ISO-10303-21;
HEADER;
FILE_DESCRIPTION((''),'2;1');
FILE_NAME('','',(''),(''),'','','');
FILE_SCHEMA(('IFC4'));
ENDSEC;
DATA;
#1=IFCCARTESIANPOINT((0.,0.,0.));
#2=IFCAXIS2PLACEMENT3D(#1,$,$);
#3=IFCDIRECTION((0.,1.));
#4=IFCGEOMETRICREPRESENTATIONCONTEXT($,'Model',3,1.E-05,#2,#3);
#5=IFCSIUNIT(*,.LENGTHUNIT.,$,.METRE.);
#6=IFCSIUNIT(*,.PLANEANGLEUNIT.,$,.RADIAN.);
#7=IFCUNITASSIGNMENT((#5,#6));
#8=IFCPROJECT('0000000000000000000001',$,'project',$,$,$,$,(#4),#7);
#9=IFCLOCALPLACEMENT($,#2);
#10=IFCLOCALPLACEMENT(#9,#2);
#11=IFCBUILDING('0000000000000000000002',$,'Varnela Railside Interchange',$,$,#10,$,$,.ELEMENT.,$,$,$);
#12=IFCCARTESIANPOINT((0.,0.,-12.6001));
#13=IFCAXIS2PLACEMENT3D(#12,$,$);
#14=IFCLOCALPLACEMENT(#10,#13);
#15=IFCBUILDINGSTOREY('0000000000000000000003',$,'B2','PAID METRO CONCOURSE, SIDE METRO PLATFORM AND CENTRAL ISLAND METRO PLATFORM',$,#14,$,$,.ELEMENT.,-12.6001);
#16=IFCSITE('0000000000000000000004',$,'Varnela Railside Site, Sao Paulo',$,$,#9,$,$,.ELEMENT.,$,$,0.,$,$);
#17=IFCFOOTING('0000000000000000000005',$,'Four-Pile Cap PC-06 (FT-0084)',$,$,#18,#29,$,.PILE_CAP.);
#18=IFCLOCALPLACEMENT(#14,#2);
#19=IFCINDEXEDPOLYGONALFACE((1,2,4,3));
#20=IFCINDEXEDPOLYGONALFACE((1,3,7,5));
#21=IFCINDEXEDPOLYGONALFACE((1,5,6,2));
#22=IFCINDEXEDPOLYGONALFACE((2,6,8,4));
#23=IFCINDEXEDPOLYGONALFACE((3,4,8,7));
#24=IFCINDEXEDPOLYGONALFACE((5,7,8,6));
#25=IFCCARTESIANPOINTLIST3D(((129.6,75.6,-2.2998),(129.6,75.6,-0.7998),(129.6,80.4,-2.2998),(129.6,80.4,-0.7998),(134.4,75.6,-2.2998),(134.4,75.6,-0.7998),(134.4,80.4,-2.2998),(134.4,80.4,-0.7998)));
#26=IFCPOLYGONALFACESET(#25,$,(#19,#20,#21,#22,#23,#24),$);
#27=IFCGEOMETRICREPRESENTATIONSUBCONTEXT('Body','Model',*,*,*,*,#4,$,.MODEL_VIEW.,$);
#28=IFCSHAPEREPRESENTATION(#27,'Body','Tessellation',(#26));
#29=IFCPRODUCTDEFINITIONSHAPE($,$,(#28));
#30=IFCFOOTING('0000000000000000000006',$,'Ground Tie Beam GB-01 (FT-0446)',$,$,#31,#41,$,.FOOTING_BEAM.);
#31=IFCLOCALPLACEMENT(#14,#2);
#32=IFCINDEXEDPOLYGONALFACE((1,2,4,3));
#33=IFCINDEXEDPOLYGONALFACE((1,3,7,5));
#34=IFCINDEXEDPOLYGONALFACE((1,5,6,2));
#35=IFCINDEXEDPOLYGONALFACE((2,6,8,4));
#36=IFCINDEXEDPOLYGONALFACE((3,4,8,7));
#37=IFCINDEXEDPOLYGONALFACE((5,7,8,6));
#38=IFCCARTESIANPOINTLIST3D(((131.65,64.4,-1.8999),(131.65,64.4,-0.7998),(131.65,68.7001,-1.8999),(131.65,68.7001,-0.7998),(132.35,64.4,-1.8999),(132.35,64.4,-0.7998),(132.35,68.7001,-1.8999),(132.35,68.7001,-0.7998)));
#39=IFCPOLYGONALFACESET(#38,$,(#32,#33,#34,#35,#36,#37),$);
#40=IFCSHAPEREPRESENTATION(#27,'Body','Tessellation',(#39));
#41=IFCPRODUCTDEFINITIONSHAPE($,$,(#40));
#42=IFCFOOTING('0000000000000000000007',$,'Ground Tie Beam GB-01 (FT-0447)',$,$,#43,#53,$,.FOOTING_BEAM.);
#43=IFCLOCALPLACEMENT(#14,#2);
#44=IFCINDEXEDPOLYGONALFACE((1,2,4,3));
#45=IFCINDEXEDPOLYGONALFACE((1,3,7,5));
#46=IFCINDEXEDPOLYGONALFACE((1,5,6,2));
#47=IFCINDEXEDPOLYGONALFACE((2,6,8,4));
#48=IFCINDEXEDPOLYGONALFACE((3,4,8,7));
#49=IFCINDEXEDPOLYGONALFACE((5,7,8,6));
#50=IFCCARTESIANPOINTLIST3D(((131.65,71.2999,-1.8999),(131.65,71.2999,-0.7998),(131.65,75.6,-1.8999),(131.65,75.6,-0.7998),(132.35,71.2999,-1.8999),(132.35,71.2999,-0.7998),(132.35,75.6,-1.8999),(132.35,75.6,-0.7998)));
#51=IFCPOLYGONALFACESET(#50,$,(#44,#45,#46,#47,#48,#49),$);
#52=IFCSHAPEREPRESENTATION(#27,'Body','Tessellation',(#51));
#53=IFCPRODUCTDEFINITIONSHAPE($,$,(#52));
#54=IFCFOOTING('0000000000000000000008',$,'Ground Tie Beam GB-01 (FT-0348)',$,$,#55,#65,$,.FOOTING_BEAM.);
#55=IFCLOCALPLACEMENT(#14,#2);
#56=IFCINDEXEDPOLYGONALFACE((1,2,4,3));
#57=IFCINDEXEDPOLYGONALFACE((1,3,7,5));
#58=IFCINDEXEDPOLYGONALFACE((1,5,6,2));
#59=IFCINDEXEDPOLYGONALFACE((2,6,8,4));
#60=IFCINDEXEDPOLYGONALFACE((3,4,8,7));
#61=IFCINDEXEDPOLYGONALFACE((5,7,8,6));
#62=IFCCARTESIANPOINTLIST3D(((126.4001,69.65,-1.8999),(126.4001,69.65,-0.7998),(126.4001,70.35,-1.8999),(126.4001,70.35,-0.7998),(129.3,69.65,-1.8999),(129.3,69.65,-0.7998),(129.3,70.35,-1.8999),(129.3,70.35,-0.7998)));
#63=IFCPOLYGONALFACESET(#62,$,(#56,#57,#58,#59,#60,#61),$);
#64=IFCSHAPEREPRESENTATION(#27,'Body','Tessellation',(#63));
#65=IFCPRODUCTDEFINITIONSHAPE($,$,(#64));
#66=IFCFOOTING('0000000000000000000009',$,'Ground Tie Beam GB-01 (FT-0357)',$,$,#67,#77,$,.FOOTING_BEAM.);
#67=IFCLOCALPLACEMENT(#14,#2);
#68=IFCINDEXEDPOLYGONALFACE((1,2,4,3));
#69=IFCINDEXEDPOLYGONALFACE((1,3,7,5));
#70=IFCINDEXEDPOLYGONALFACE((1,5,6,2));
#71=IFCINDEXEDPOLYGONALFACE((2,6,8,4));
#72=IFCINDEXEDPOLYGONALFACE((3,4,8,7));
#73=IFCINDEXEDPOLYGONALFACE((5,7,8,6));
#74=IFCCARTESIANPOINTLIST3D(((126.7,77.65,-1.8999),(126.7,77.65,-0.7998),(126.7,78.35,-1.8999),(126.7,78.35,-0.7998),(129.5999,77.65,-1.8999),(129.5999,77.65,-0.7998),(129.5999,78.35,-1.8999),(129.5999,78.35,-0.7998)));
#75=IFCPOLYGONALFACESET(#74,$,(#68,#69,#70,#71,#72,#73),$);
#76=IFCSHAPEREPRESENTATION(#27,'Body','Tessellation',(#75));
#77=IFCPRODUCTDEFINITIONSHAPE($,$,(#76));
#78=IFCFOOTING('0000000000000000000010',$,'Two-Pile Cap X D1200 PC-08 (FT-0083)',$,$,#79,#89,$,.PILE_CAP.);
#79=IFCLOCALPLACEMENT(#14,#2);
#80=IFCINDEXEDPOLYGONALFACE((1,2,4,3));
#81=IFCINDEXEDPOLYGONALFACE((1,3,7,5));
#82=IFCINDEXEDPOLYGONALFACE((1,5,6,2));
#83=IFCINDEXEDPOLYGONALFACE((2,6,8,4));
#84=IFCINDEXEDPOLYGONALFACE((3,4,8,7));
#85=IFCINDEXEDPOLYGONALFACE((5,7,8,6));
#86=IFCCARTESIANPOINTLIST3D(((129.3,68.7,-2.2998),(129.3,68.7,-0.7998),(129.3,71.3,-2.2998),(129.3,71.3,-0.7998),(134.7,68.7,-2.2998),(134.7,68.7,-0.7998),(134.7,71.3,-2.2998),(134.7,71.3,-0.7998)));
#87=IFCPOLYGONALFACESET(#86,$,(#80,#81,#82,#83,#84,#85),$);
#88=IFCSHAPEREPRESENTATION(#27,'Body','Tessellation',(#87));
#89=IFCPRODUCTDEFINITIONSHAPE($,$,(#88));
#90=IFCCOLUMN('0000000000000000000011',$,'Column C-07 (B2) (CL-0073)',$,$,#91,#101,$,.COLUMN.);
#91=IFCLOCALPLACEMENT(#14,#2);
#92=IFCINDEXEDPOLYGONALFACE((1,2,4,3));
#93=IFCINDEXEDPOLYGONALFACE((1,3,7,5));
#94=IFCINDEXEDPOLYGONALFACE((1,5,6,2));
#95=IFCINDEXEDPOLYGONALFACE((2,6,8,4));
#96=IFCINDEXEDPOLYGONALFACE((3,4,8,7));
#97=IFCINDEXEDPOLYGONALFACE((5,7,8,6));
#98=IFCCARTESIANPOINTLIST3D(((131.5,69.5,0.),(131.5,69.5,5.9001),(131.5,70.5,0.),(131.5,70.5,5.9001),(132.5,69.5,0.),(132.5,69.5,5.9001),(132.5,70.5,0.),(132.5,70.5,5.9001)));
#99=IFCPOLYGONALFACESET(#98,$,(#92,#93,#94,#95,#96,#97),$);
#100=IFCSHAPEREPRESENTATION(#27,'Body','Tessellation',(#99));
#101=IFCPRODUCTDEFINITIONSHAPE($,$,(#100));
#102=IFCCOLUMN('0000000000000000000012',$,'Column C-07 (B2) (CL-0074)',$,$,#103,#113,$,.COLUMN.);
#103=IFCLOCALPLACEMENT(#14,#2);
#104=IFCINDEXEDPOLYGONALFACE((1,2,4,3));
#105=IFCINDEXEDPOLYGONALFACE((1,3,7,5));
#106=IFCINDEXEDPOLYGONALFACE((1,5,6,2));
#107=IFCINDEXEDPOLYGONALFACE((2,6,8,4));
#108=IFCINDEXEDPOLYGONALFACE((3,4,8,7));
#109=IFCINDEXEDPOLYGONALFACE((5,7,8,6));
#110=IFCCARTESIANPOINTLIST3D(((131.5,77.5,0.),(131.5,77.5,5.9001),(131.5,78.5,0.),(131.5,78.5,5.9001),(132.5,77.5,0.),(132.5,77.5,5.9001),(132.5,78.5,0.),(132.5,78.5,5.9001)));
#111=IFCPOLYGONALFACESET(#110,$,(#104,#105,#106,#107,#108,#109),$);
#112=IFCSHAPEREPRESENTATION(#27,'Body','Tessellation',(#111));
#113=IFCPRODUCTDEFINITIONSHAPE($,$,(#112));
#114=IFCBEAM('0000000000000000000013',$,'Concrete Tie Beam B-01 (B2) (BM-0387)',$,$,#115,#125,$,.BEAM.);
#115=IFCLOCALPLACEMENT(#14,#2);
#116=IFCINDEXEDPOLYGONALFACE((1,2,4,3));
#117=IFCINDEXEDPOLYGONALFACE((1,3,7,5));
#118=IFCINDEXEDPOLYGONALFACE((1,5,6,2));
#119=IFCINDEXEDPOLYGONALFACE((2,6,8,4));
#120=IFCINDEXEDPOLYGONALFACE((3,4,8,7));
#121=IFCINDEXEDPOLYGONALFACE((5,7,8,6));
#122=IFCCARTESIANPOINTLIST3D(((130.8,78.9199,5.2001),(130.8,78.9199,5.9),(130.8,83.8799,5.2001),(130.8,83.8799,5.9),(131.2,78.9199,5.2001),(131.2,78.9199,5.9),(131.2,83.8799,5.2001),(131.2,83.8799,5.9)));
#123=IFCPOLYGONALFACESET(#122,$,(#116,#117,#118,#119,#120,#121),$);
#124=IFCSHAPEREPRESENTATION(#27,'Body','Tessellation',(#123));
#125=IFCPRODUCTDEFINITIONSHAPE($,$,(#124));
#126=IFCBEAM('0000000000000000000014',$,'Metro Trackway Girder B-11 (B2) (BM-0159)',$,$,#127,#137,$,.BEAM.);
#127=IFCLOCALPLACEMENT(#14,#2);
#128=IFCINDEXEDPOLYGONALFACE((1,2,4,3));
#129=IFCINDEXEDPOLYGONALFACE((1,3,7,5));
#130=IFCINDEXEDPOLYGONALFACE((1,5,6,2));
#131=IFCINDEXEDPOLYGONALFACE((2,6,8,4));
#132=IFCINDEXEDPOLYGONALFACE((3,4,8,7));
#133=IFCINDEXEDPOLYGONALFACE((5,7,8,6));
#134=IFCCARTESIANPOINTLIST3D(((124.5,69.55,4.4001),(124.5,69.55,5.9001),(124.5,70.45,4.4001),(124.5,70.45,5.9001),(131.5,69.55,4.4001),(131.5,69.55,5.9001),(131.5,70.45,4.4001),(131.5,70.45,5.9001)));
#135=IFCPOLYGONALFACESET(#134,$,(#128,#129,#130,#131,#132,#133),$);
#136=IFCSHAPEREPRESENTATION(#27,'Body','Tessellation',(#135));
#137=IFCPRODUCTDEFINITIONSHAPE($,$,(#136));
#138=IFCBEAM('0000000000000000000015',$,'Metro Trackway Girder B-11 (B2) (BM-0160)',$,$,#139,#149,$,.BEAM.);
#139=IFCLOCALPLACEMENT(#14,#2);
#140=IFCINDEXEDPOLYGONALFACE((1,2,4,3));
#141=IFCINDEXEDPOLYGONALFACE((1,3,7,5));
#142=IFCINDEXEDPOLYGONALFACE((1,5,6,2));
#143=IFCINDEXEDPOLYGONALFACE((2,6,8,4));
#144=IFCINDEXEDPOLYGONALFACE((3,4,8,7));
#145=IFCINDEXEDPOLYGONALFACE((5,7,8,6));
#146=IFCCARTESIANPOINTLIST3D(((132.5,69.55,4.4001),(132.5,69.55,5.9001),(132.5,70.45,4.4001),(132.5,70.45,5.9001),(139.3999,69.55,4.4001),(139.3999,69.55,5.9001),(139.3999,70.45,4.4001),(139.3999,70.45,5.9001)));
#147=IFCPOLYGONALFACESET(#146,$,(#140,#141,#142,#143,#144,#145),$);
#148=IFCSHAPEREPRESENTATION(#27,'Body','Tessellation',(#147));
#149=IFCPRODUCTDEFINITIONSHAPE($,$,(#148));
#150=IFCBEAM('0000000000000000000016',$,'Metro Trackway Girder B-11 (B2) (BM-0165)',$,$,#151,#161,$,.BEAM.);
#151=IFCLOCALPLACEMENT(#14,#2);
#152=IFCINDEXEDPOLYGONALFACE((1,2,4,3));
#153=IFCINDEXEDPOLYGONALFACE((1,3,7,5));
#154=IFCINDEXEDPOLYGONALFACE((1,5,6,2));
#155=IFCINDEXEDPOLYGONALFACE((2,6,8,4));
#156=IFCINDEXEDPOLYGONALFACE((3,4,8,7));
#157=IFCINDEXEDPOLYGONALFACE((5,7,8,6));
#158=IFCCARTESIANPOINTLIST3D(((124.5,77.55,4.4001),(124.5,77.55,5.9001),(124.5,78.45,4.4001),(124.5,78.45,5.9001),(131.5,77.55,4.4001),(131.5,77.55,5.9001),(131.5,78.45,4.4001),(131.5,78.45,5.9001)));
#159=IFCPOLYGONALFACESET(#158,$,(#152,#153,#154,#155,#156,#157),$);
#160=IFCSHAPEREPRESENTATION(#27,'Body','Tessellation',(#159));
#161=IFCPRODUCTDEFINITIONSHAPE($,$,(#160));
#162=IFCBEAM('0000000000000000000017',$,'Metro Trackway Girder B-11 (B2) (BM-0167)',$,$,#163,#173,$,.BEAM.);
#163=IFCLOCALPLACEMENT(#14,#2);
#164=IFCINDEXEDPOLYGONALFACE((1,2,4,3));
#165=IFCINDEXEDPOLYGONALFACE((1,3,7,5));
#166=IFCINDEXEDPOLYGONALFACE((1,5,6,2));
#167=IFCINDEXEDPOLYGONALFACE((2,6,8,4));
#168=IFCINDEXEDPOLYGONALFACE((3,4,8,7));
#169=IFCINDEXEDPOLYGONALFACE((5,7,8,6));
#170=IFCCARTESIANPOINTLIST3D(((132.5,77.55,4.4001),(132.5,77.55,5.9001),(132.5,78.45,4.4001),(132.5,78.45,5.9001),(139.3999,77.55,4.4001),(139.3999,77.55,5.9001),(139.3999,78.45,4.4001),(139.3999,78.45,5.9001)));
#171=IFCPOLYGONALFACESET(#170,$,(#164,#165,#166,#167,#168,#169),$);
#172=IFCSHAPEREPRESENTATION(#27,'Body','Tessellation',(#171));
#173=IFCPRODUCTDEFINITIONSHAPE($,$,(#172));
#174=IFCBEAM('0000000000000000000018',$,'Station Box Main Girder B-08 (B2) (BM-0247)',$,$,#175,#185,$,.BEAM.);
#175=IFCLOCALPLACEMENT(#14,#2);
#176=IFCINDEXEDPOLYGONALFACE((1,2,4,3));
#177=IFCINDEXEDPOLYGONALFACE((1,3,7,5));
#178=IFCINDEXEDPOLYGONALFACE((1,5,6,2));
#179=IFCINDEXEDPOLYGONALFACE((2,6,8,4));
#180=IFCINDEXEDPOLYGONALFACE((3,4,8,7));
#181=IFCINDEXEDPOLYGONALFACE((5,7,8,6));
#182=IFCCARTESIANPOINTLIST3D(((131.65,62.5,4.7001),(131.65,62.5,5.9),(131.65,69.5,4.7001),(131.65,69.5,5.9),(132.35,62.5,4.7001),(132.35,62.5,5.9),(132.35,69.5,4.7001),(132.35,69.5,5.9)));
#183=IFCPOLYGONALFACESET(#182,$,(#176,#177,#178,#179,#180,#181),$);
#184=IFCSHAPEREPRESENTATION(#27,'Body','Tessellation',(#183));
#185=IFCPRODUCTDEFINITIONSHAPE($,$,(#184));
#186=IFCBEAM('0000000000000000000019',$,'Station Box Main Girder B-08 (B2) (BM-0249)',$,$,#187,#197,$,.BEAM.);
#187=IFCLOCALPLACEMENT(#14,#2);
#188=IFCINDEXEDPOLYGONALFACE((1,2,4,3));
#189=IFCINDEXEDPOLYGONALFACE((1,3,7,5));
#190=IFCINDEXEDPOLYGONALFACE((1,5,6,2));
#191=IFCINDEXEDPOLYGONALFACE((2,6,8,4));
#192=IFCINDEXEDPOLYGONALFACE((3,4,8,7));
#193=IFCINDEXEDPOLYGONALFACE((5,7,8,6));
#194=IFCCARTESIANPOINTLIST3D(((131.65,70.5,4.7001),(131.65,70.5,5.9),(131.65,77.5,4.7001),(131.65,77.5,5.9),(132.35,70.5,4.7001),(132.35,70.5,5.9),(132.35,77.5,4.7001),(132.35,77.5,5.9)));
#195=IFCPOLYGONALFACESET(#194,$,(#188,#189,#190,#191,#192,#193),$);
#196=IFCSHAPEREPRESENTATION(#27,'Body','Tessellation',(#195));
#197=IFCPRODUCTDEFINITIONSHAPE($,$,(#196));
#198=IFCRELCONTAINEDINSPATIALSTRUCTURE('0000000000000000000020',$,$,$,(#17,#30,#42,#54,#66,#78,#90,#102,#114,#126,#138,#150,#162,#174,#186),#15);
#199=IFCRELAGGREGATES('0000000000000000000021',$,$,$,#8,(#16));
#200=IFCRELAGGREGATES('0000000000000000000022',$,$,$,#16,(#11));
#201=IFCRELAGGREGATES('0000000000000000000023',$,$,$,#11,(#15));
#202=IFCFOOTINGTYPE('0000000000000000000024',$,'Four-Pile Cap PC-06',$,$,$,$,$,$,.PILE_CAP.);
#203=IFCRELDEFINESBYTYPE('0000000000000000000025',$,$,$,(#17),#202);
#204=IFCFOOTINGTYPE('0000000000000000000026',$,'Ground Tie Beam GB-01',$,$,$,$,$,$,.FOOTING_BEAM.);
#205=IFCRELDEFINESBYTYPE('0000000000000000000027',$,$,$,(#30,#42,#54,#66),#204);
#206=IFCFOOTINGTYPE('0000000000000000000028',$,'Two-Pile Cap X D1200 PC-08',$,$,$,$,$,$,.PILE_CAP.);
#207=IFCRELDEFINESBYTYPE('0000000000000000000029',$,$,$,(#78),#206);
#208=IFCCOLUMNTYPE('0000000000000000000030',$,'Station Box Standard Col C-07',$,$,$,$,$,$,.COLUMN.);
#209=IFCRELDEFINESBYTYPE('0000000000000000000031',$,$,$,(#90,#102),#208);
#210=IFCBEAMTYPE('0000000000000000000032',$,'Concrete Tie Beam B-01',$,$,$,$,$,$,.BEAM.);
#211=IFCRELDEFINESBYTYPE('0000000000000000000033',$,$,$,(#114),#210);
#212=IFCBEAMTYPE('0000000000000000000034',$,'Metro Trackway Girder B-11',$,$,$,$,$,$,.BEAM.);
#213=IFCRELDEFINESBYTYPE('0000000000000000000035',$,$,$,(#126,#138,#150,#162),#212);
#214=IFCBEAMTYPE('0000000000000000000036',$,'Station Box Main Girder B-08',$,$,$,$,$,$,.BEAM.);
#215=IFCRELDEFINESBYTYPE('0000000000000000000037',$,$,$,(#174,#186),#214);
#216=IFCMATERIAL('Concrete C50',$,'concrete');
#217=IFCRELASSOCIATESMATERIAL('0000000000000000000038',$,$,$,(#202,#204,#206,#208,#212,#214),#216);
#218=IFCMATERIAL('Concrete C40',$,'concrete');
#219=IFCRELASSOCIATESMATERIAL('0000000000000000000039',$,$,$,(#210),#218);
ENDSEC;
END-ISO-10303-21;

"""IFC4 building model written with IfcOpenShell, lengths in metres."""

from ifc_helpers import new_model, si_unit, direction, frame, origin, origin_2d, place, context, subcontext, project, spatial, rectangle, extrude, material, material_profile, profile_set, type_object, element, save


model = new_model("IFC4")

# Units and contexts
model_context = context("Model", 3, precision=1e-05, world=origin(), true_north=direction((0.0, 1.0)))
body_context = subcontext(model_context, "Body", "Model", "MODEL_VIEW")
ifc_project = project(units=[si_unit("LENGTHUNIT", "METRE"), si_unit("PLANEANGLEUNIT", "RADIAN")], contexts=[model_context])

# Site, building, storey
site_placement = place(None, origin())
site = spatial("IfcSite", under=ifc_project, at=site_placement, Name="Varnela Railside Site, Sao Paulo", CompositionType="ELEMENT", RefElevation=0.0)
building_placement = place(site_placement, origin())
building = spatial("IfcBuilding", under=site, at=building_placement, Name="Varnela Railside Interchange", CompositionType="ELEMENT")
storey_placement = place(building_placement, frame((0.0, 0.0, -12.6001)))
storey = spatial("IfcBuildingStorey", under=building, at=storey_placement, Name="B2", Description="PAID METRO CONCOURSE, SIDE METRO PLATFORM AND CENTRAL ISLAND METRO PLATFORM", CompositionType="ELEMENT", Elevation=-12.6001)

# Shared definitions
ifc_material_1 = material(Name="Concrete C40", Category="concrete")

# Footings
ifc_material_2 = material(Name="Concrete C50", Category="concrete")
footing_type_1 = type_object("IfcFootingType", Name="Four-Pile Cap PC-06", PredefinedType="PILE_CAP", material=ifc_material_2)
footing_1_placement = place(storey_placement, frame((132.0, 78.0, -2.2998), z_axis=(0.0, 0.0, 1.0), x_axis=(1.0, 0.0, 0.0)))
element("IfcFooting", 1, at=footing_1_placement, inside=storey, type_object=footing_type_1, Name="Four-Pile Cap PC-06 (FT-0084)", PredefinedType="PILE_CAP", context=body_context, shape_type="SweptSolid", body=[
    extrude(rectangle(XDim=4.8, YDim=4.8, at=origin_2d()), origin(), (0.0, 0.0, 1.0), 1.5),
])
footing_type_2 = type_object("IfcFootingType", Name="Ground Tie Beam GB-01", PredefinedType="FOOTING_BEAM", material=ifc_material_2)
for number, where, z_axis, x_axis, name in (
    (2, (132.0, 66.55, -1.8999), (0.0, 0.0, 1.0), (1.0, 0.0, 0.0), "Ground Tie Beam GB-01 (FT-0446)"),
    (3, (132.0, 73.45, -1.8999), (0.0, 0.0, 1.0), (1.0, 0.0, 0.0), "Ground Tie Beam GB-01 (FT-0447)"),
):
    element("IfcFooting", number, at=place(storey_placement, frame(where, z_axis=z_axis, x_axis=x_axis)), inside=storey, type_object=footing_type_2, Name=name, PredefinedType="FOOTING_BEAM", context=body_context, shape_type="SweptSolid", body=[
        extrude(rectangle(XDim=0.7, YDim=4.3, at=origin_2d()), origin(), (0.0, 0.0, 1.0), 1.1001),
    ])
for number, where, z_axis, x_axis, name in (
    (4, (127.8501, 70.0, -1.8999), (0.0, 0.0, 1.0), (1.0, 0.0, 0.0), "Ground Tie Beam GB-01 (FT-0348)"),
    (5, (128.1499, 78.0, -1.8999), (0.0, 0.0, 1.0), (1.0, 0.0, 0.0), "Ground Tie Beam GB-01 (FT-0357)"),
):
    element("IfcFooting", number, at=place(storey_placement, frame(where, z_axis=z_axis, x_axis=x_axis)), inside=storey, type_object=footing_type_2, Name=name, PredefinedType="FOOTING_BEAM", context=body_context, shape_type="SweptSolid", body=[
        extrude(rectangle(XDim=2.8999, YDim=0.7, at=origin_2d()), origin(), (0.0, 0.0, 1.0), 1.1001),
    ])
footing_type_3 = type_object("IfcFootingType", Name="Two-Pile Cap X D1200 PC-08", PredefinedType="PILE_CAP", material=ifc_material_2)
footing_2_placement = place(storey_placement, frame((132.0, 70.0, -2.2998), z_axis=(0.0, 0.0, 1.0), x_axis=(1.0, 0.0, 0.0)))
element("IfcFooting", 6, at=footing_2_placement, inside=storey, type_object=footing_type_3, Name="Two-Pile Cap X D1200 PC-08 (FT-0083)", PredefinedType="PILE_CAP", context=body_context, shape_type="SweptSolid", body=[
    extrude(rectangle(XDim=5.3999, YDim=2.6001, at=origin_2d()), origin(), (0.0, 0.0, 1.0), 1.5),
])

# Columns
ifc_material_profile_1 = material_profile(ifc_material_2, rectangle(XDim=1.0, YDim=1.0, at=origin_2d()), Name="RC 1000x1000")
ifc_profile_set_1 = profile_set([ifc_material_profile_1], Name="Concrete C50")
column_type = type_object("IfcColumnType", Name="Station Box Standard Col C-07", PredefinedType="COLUMN", material=ifc_profile_set_1)
for number, where, z_axis, x_axis, name in (
    (7, (132.0, 70.0, 0.0), (0.0, 0.0, 1.0), (1.0, 0.0, 0.0), "Column C-07 (B2) (CL-0073)"),
    (8, (132.0, 78.0, 0.0), (0.0, 0.0, 1.0), (1.0, 0.0, 0.0), "Column C-07 (B2) (CL-0074)"),
):
    element("IfcColumn", number, at=place(storey_placement, frame(where, z_axis=z_axis, x_axis=x_axis)), inside=storey, type_object=column_type, Name=name, PredefinedType="COLUMN", context=body_context, shape_type="SweptSolid", body=[
        extrude(rectangle(XDim=1.0, YDim=1.0, at=origin_2d()), origin(), (0.0, 0.0, 1.0), 5.9001),
    ])

# Beams
ifc_material_profile_2 = material_profile(ifc_material_1, rectangle(XDim=0.3999, YDim=0.7, at=origin_2d()), Name="RC 400x700")
ifc_profile_set_2 = profile_set([ifc_material_profile_2], Name="Concrete C40")
beam_type_1 = type_object("IfcBeamType", Name="Concrete Tie Beam B-01", PredefinedType="BEAM", material=ifc_profile_set_2)
beam_1_placement = place(storey_placement, frame((131.0, 78.9199, 5.55), z_axis=(0.0, 1.0, 0.0), x_axis=(-1.0, 0.0, 0.0)))
element("IfcBeam", 9, at=beam_1_placement, inside=storey, type_object=beam_type_1, Name="Concrete Tie Beam B-01 (B2) (BM-0387)", PredefinedType="BEAM", context=body_context, shape_type="SweptSolid", body=[
    extrude(rectangle(XDim=0.3999, YDim=0.7, at=origin_2d()), origin(), (0.0, 0.0, 1.0), 4.96),
])
ifc_material_profile_3 = material_profile(ifc_material_2, rectangle(XDim=0.8999, YDim=1.5, at=origin_2d()), Name="RC 900x1500")
ifc_profile_set_3 = profile_set([ifc_material_profile_3], Name="Concrete C50")
beam_type_2 = type_object("IfcBeamType", Name="Metro Trackway Girder B-11", PredefinedType="BEAM", material=ifc_profile_set_3)
beam_2_placement = place(storey_placement, frame((124.5, 70.0, 5.1501), z_axis=(1.0, 0.0, 0.0), x_axis=(0.0, 1.0, 0.0)))
element("IfcBeam", 10, at=beam_2_placement, inside=storey, type_object=beam_type_2, Name="Metro Trackway Girder B-11 (B2) (BM-0159)", PredefinedType="BEAM", context=body_context, shape_type="SweptSolid", body=[
    extrude(rectangle(XDim=0.8999, YDim=1.5, at=origin_2d()), origin(), (0.0, 0.0, 1.0), 7.0),
])
beam_3_placement = place(storey_placement, frame((132.5, 70.0, 5.1501), z_axis=(1.0, 0.0, 0.0), x_axis=(0.0, 1.0, 0.0)))
element("IfcBeam", 11, at=beam_3_placement, inside=storey, type_object=beam_type_2, Name="Metro Trackway Girder B-11 (B2) (BM-0160)", PredefinedType="BEAM", context=body_context, shape_type="SweptSolid", body=[
    extrude(rectangle(XDim=0.8999, YDim=1.5, at=origin_2d()), origin(), (0.0, 0.0, 1.0), 6.8999),
])
beam_4_placement = place(storey_placement, frame((124.5, 78.0, 5.1501), z_axis=(1.0, 0.0, 0.0), x_axis=(0.0, 1.0, 0.0)))
element("IfcBeam", 12, at=beam_4_placement, inside=storey, type_object=beam_type_2, Name="Metro Trackway Girder B-11 (B2) (BM-0165)", PredefinedType="BEAM", context=body_context, shape_type="SweptSolid", body=[
    extrude(rectangle(XDim=0.8999, YDim=1.5, at=origin_2d()), origin(), (0.0, 0.0, 1.0), 7.0),
])
beam_5_placement = place(storey_placement, frame((132.5, 78.0, 5.1501), z_axis=(1.0, 0.0, 0.0), x_axis=(0.0, 1.0, 0.0)))
element("IfcBeam", 13, at=beam_5_placement, inside=storey, type_object=beam_type_2, Name="Metro Trackway Girder B-11 (B2) (BM-0167)", PredefinedType="BEAM", context=body_context, shape_type="SweptSolid", body=[
    extrude(rectangle(XDim=0.8999, YDim=1.5, at=origin_2d()), origin(), (0.0, 0.0, 1.0), 6.8999),
])
ifc_material_profile_4 = material_profile(ifc_material_2, rectangle(XDim=0.7, YDim=1.2, at=origin_2d()), Name="RC 700x1200")
ifc_profile_set_4 = profile_set([ifc_material_profile_4], Name="Concrete C50")
beam_type_3 = type_object("IfcBeamType", Name="Station Box Main Girder B-08", PredefinedType="BEAM", material=ifc_profile_set_4)
for number, where, z_axis, x_axis, name in (
    (14, (132.0, 62.5, 5.3), (0.0, 1.0, 0.0), (-1.0, 0.0, 0.0), "Station Box Main Girder B-08 (B2) (BM-0247)"),
    (15, (132.0, 70.5, 5.3), (0.0, 1.0, 0.0), (-1.0, 0.0, 0.0), "Station Box Main Girder B-08 (B2) (BM-0249)"),
):
    element("IfcBeam", number, at=place(storey_placement, frame(where, z_axis=z_axis, x_axis=x_axis)), inside=storey, type_object=beam_type_3, Name=name, PredefinedType="BEAM", context=body_context, shape_type="SweptSolid", body=[
        extrude(rectangle(XDim=0.7, YDim=1.2, at=origin_2d()), origin(), (0.0, 0.0, 1.0), 7.0),
    ])

save(model, "model.ifc")
